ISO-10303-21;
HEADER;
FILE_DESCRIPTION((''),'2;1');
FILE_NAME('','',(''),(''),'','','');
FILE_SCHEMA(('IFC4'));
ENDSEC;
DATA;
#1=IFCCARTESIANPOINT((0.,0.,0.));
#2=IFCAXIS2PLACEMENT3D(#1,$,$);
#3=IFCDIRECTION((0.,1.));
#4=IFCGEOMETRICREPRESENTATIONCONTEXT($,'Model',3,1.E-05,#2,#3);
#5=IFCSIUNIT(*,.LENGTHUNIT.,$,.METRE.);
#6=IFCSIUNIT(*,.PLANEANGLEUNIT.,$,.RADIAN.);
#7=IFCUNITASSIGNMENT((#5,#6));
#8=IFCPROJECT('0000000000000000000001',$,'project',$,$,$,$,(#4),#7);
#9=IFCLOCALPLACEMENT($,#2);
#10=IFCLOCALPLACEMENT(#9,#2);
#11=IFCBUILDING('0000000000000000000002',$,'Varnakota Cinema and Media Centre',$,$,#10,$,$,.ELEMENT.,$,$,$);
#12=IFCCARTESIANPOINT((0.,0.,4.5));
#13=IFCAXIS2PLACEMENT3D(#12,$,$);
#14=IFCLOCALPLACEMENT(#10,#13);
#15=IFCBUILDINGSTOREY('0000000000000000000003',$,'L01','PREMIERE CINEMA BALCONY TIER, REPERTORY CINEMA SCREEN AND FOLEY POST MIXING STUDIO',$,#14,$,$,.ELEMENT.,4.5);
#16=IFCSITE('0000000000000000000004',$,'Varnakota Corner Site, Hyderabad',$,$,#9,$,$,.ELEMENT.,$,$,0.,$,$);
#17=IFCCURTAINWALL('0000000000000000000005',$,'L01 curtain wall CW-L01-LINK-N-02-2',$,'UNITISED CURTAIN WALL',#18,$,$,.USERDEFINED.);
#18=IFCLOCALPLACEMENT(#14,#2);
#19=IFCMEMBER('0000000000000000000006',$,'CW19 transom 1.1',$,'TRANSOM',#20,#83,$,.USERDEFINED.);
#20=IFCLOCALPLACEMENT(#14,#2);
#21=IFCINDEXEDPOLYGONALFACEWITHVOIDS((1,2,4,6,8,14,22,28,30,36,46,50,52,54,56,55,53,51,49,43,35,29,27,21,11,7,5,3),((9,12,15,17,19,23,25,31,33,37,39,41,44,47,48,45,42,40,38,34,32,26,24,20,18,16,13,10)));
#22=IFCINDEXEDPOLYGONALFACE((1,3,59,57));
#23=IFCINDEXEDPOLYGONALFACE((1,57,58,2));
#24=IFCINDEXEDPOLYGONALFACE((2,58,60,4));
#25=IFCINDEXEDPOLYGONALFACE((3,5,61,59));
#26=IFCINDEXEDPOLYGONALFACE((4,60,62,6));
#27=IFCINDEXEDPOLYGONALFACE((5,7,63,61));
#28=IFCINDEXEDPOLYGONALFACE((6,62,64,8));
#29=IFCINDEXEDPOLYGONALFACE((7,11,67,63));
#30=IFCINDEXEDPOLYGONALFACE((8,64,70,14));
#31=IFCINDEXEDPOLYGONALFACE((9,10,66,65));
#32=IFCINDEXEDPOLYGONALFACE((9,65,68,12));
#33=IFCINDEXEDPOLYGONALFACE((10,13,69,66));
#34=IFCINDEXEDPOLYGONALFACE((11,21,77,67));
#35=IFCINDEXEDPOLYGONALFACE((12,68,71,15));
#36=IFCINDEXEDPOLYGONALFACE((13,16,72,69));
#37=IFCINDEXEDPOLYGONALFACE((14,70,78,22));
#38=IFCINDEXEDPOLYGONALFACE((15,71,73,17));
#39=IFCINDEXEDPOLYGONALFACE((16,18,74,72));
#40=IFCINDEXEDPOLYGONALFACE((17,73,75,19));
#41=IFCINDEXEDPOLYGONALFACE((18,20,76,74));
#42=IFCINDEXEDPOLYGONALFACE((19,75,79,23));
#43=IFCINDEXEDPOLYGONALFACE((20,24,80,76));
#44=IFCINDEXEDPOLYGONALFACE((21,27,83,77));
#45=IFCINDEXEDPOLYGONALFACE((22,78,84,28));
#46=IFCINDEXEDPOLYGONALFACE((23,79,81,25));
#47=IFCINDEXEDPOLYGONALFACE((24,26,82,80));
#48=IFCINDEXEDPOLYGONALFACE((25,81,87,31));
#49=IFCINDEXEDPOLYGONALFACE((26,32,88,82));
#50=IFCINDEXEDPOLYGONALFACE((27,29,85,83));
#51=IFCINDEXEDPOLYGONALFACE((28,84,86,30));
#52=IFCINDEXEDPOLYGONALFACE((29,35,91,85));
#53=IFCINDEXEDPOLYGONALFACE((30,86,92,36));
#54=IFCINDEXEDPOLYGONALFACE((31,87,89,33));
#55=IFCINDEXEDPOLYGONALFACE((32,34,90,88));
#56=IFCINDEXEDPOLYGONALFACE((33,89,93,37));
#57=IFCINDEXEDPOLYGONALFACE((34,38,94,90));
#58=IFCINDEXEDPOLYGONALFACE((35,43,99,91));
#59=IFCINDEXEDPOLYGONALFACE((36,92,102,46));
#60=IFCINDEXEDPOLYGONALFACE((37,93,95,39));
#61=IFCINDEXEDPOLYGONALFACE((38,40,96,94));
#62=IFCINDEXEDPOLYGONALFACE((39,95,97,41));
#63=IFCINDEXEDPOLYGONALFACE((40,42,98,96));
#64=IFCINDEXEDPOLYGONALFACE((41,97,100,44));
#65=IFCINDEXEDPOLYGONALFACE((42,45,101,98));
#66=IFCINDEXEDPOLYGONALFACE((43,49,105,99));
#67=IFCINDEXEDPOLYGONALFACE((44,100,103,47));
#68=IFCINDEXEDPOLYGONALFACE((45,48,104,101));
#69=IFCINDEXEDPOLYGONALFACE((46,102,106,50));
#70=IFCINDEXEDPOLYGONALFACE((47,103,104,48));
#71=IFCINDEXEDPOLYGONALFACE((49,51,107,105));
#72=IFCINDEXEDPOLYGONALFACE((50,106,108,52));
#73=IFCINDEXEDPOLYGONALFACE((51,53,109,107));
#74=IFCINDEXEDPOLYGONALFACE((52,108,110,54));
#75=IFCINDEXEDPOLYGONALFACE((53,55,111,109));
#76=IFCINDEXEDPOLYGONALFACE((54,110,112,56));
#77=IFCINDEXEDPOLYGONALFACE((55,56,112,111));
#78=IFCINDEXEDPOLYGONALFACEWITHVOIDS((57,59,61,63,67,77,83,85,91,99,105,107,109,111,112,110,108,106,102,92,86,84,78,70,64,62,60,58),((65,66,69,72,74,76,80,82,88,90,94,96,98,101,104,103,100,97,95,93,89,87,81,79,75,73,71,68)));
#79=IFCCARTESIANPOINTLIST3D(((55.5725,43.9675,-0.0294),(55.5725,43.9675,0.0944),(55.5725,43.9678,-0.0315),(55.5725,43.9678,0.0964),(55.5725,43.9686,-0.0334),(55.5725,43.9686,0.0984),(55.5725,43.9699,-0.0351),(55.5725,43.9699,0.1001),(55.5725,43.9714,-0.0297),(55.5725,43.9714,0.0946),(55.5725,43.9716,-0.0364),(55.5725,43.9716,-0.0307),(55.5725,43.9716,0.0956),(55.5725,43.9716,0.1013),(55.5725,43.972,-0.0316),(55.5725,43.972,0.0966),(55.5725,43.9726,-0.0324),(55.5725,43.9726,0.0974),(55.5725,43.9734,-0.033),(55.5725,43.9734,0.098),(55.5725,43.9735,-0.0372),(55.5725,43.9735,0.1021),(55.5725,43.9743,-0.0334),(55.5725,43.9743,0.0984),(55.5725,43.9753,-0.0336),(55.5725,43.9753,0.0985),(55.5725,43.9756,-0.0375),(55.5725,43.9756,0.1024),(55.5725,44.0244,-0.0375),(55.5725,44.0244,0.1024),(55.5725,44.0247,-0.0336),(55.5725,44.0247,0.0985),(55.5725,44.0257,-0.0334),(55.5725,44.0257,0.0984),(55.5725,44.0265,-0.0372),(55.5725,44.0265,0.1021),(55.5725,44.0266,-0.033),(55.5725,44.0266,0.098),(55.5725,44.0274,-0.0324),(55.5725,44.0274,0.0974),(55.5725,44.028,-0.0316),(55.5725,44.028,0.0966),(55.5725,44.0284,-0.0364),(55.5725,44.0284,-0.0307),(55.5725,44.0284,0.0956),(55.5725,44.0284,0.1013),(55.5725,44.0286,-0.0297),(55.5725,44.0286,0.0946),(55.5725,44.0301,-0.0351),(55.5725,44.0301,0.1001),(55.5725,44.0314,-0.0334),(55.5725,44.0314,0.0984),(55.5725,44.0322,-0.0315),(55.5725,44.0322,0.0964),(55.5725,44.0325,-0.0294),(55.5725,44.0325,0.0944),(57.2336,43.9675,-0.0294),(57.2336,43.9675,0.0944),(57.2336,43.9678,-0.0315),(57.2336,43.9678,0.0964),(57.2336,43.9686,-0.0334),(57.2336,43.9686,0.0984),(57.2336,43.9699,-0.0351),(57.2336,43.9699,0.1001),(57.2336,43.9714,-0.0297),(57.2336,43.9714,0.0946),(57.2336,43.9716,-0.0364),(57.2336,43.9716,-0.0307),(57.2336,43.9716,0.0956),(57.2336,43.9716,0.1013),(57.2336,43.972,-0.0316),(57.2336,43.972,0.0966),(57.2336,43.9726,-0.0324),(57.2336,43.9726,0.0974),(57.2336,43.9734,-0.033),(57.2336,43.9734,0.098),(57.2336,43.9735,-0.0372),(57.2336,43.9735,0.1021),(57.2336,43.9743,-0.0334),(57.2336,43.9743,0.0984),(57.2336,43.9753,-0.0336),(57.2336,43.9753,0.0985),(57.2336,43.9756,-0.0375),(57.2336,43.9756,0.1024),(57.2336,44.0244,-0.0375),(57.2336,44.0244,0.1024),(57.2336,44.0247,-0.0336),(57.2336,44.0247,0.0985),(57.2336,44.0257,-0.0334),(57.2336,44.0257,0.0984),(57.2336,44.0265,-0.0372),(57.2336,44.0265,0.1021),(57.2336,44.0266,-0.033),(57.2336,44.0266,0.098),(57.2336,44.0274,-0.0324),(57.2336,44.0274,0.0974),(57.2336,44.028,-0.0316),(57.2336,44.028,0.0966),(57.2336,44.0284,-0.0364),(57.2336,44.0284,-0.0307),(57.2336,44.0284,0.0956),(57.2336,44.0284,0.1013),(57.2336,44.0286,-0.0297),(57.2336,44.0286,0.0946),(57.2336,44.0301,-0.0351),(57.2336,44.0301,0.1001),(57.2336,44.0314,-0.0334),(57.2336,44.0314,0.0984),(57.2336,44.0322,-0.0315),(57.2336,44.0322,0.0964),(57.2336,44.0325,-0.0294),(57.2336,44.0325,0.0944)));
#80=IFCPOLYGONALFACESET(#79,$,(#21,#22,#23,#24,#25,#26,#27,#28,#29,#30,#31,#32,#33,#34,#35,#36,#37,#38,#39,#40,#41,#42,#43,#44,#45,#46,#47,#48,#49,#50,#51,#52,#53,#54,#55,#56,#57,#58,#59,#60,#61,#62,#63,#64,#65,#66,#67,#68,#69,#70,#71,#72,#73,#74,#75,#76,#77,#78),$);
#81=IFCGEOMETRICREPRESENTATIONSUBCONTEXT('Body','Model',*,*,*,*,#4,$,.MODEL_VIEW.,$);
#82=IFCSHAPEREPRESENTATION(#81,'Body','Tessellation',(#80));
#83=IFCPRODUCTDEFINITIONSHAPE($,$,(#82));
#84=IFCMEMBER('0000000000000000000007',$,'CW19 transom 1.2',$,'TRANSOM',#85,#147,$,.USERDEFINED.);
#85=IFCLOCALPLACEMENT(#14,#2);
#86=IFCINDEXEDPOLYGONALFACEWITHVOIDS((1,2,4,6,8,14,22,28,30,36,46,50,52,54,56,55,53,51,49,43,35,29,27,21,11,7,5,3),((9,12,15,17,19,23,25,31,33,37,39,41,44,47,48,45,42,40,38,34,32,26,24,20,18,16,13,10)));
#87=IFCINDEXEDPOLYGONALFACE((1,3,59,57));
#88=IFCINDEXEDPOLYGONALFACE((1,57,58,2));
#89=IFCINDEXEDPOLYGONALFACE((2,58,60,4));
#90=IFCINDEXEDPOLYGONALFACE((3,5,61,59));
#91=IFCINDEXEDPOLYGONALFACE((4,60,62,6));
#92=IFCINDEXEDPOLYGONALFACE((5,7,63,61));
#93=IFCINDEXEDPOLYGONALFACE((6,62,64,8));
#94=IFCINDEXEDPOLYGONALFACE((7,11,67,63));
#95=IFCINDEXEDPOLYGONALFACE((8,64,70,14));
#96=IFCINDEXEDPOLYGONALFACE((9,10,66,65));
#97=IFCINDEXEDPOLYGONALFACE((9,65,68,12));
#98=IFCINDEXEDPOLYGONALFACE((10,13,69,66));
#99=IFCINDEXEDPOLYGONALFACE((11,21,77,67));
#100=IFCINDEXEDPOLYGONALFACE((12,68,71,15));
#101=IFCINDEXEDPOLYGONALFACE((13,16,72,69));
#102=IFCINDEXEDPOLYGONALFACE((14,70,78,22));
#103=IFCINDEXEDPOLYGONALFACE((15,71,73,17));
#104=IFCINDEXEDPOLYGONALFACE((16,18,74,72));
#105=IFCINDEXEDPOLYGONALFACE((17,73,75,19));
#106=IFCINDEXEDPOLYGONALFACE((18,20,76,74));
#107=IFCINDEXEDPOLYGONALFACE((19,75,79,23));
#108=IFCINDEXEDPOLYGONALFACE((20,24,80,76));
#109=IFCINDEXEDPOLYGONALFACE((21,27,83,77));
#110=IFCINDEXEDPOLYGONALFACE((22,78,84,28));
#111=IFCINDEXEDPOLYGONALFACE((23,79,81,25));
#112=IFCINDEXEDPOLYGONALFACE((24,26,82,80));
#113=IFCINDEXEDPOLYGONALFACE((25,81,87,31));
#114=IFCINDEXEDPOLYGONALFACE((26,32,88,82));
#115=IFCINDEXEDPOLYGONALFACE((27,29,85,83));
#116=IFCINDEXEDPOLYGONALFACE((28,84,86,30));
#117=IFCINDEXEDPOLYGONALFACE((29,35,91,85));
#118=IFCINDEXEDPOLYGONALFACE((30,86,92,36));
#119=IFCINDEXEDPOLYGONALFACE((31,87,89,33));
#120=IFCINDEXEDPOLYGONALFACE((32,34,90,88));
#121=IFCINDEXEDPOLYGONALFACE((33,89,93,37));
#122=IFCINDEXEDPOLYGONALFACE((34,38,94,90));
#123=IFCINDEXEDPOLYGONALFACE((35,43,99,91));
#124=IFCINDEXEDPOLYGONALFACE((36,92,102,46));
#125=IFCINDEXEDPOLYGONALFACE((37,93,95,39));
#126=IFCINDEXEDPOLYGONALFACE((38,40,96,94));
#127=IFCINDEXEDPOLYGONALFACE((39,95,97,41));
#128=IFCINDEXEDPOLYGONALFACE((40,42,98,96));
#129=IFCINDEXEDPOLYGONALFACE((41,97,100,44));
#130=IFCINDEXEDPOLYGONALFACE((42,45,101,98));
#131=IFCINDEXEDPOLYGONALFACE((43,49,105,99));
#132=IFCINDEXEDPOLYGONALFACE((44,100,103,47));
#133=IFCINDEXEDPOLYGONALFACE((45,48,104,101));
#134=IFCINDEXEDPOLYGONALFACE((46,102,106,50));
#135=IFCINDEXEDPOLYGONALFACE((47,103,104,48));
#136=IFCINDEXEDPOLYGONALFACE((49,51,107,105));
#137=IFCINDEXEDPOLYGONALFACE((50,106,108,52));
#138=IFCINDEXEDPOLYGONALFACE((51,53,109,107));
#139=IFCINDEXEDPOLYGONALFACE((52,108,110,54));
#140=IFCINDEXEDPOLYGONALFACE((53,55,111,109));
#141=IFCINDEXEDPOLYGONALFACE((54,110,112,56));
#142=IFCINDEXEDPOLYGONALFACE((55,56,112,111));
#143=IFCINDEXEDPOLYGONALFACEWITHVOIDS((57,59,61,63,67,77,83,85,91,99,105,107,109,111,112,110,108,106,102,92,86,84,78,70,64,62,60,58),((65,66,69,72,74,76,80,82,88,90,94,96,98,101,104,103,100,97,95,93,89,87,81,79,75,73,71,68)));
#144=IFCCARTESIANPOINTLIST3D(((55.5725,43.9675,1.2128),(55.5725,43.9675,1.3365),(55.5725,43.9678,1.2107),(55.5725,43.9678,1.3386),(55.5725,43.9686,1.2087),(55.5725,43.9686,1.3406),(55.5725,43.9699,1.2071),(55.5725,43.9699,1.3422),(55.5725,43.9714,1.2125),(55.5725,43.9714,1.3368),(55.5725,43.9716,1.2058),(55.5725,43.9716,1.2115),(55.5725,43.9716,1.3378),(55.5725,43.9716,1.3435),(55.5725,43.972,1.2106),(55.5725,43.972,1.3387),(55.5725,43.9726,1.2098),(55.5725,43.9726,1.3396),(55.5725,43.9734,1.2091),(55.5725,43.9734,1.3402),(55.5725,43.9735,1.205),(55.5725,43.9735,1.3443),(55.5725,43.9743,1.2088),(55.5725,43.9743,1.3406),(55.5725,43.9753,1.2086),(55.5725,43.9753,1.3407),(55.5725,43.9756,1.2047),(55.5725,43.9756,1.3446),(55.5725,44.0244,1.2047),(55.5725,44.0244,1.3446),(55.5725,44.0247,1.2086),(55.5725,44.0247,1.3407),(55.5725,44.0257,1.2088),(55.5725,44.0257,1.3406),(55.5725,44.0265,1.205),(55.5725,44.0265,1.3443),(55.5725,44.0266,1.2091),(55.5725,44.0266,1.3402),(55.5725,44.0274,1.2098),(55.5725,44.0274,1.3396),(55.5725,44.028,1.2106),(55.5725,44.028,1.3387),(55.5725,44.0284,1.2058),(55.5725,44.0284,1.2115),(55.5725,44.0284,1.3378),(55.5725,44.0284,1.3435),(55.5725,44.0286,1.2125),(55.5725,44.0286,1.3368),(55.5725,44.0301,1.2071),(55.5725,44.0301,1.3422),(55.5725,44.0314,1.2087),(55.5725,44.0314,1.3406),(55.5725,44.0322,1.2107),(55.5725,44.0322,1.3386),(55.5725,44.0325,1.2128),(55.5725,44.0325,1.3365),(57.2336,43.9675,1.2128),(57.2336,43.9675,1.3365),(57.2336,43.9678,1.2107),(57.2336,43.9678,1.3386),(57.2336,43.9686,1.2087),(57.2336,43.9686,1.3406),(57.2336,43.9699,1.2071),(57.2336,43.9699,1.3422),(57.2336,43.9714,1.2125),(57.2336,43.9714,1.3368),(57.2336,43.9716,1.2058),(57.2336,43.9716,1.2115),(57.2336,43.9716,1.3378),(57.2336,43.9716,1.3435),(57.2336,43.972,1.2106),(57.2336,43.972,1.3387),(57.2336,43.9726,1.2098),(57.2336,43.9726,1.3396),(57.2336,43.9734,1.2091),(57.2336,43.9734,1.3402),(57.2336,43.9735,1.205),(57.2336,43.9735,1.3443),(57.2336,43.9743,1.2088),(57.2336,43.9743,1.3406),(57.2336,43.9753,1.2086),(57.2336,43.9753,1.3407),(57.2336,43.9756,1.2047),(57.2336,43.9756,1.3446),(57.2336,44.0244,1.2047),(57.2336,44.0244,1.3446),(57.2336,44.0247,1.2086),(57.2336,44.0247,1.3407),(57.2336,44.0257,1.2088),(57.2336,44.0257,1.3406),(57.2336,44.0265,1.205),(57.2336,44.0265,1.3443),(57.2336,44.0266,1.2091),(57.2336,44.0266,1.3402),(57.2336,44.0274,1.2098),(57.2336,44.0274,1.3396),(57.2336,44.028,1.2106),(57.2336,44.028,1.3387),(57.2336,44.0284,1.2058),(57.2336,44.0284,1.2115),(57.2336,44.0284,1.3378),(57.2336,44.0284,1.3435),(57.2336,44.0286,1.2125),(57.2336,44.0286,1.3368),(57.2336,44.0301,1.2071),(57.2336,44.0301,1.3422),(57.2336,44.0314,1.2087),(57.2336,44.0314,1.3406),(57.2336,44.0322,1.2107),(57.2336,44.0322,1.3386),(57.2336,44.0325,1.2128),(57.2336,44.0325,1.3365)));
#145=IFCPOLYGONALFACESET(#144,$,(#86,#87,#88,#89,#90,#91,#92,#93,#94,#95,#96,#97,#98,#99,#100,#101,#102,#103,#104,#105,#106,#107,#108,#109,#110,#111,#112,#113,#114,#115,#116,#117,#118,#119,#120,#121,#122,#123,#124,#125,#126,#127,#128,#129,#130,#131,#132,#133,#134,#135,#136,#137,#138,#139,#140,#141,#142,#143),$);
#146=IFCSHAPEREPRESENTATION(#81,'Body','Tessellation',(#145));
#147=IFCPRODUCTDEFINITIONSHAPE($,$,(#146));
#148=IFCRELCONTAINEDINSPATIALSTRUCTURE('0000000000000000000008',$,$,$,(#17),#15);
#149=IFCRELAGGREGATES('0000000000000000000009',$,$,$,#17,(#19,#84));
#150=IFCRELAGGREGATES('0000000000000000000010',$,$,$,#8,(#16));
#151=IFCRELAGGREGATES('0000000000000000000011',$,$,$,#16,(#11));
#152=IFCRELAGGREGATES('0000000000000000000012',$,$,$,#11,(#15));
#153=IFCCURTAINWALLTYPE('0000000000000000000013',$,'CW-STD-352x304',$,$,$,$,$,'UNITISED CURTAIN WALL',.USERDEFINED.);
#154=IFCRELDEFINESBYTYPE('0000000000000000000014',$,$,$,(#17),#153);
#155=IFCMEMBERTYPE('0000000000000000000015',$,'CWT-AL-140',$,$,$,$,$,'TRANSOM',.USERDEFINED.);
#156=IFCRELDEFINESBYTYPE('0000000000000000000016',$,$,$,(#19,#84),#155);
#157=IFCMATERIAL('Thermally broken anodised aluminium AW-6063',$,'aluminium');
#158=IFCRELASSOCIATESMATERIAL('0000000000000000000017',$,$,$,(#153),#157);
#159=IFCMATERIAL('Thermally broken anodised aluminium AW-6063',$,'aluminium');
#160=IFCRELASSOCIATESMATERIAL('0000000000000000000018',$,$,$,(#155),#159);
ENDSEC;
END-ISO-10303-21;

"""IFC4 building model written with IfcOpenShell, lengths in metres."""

from ifc_helpers import new_model, si_unit, direction, frame, origin, origin_2d, place, context, subcontext, project, spatial, hollow_rectangle, extrude, material, material_profile, profile_set, type_object, element, aggregate, save


model = new_model("IFC4")

# Units and contexts
model_context = context("Model", 3, precision=1e-05, world=origin(), true_north=direction((0.0, 1.0)))
body_context = subcontext(model_context, "Body", "Model", "MODEL_VIEW")
ifc_project = project(units=[si_unit("LENGTHUNIT", "METRE"), si_unit("PLANEANGLEUNIT", "RADIAN")], contexts=[model_context])

# Site, building, storey
site_placement = place(None, origin())
site = spatial("IfcSite", under=ifc_project, at=site_placement, Name="Varnakota Corner Site, Hyderabad", CompositionType="ELEMENT", RefElevation=0.0)
building_placement = place(site_placement, origin())
building = spatial("IfcBuilding", under=site, at=building_placement, Name="Varnakota Cinema and Media Centre", CompositionType="ELEMENT")
storey_placement = place(building_placement, frame((0.0, 0.0, 4.5)))
storey = spatial("IfcBuildingStorey", under=building, at=storey_placement, Name="L01", Description="PREMIERE CINEMA BALCONY TIER, REPERTORY CINEMA SCREEN AND FOLEY POST MIXING STUDIO", CompositionType="ELEMENT", Elevation=4.5)

# Curtain wall
ifc_material_1 = material(Name="Thermally broken anodised aluminium AW-6063", Category="aluminium")
curtain_wall_type = type_object("IfcCurtainWallType", Name="CW-STD-352x304", ElementType="UNITISED CURTAIN WALL", PredefinedType="USERDEFINED", material=ifc_material_1)
curtain_wall_1_placement = place(storey_placement, origin())
curtain_wall_1 = element("IfcCurtainWall", 1, at=curtain_wall_1_placement, inside=storey, type_object=curtain_wall_type, Name="L01 curtain wall CW-L01-LINK-N-02-2", ObjectType="UNITISED CURTAIN WALL", PredefinedType="USERDEFINED")

# Members
ifc_material_2 = material(Name="Thermally broken anodised aluminium AW-6063", Category="aluminium")
ifc_material_profile_1 = material_profile(ifc_material_2, hollow_rectangle(XDim=0.0649, YDim=0.1399, WallThickness=0.0039, InnerFilletRadius=0.0039, OuterFilletRadius=0.0081, at=origin_2d()), Name="AL-TRANSOM 140x65x4")
ifc_profile_set_1 = profile_set([ifc_material_profile_1], Name="Thermally broken anodised aluminium AW-6063")
member_type_1 = type_object("IfcMemberType", Name="CWT-AL-140", ElementType="TRANSOM", PredefinedType="USERDEFINED", material=ifc_profile_set_1)
member_1_placement = place(storey_placement, frame((55.5725, 44.0, 0.0325), z_axis=(1.0, 0.0, 0.0), x_axis=(0.0, 1.0, 0.0)))
member_1 = element("IfcMember", 2, at=member_1_placement, type_object=member_type_1, Name="CW19 transom 1.1", ObjectType="TRANSOM", PredefinedType="USERDEFINED", context=body_context, shape_type="SweptSolid", body=[
    extrude(hollow_rectangle(XDim=0.0649, YDim=0.1399, WallThickness=0.0039, InnerFilletRadius=0.0039, OuterFilletRadius=0.0081, at=origin_2d()), origin(), (0.0, 0.0, 1.0), 1.6611),
])
member_2_placement = place(storey_placement, frame((55.5725, 44.0, 1.2747), z_axis=(1.0, 0.0, 0.0), x_axis=(0.0, 1.0, 0.0)))
member_2 = element("IfcMember", 3, at=member_2_placement, type_object=member_type_1, Name="CW19 transom 1.2", ObjectType="TRANSOM", PredefinedType="USERDEFINED", context=body_context, shape_type="SweptSolid", body=[
    extrude(hollow_rectangle(XDim=0.0649, YDim=0.1399, WallThickness=0.0039, InnerFilletRadius=0.0039, OuterFilletRadius=0.0081, at=origin_2d()), origin(), (0.0, 0.0, 1.0), 1.6611),
])

aggregate(curtain_wall_1, [member_1, member_2])

save(model, "model.ifc")
